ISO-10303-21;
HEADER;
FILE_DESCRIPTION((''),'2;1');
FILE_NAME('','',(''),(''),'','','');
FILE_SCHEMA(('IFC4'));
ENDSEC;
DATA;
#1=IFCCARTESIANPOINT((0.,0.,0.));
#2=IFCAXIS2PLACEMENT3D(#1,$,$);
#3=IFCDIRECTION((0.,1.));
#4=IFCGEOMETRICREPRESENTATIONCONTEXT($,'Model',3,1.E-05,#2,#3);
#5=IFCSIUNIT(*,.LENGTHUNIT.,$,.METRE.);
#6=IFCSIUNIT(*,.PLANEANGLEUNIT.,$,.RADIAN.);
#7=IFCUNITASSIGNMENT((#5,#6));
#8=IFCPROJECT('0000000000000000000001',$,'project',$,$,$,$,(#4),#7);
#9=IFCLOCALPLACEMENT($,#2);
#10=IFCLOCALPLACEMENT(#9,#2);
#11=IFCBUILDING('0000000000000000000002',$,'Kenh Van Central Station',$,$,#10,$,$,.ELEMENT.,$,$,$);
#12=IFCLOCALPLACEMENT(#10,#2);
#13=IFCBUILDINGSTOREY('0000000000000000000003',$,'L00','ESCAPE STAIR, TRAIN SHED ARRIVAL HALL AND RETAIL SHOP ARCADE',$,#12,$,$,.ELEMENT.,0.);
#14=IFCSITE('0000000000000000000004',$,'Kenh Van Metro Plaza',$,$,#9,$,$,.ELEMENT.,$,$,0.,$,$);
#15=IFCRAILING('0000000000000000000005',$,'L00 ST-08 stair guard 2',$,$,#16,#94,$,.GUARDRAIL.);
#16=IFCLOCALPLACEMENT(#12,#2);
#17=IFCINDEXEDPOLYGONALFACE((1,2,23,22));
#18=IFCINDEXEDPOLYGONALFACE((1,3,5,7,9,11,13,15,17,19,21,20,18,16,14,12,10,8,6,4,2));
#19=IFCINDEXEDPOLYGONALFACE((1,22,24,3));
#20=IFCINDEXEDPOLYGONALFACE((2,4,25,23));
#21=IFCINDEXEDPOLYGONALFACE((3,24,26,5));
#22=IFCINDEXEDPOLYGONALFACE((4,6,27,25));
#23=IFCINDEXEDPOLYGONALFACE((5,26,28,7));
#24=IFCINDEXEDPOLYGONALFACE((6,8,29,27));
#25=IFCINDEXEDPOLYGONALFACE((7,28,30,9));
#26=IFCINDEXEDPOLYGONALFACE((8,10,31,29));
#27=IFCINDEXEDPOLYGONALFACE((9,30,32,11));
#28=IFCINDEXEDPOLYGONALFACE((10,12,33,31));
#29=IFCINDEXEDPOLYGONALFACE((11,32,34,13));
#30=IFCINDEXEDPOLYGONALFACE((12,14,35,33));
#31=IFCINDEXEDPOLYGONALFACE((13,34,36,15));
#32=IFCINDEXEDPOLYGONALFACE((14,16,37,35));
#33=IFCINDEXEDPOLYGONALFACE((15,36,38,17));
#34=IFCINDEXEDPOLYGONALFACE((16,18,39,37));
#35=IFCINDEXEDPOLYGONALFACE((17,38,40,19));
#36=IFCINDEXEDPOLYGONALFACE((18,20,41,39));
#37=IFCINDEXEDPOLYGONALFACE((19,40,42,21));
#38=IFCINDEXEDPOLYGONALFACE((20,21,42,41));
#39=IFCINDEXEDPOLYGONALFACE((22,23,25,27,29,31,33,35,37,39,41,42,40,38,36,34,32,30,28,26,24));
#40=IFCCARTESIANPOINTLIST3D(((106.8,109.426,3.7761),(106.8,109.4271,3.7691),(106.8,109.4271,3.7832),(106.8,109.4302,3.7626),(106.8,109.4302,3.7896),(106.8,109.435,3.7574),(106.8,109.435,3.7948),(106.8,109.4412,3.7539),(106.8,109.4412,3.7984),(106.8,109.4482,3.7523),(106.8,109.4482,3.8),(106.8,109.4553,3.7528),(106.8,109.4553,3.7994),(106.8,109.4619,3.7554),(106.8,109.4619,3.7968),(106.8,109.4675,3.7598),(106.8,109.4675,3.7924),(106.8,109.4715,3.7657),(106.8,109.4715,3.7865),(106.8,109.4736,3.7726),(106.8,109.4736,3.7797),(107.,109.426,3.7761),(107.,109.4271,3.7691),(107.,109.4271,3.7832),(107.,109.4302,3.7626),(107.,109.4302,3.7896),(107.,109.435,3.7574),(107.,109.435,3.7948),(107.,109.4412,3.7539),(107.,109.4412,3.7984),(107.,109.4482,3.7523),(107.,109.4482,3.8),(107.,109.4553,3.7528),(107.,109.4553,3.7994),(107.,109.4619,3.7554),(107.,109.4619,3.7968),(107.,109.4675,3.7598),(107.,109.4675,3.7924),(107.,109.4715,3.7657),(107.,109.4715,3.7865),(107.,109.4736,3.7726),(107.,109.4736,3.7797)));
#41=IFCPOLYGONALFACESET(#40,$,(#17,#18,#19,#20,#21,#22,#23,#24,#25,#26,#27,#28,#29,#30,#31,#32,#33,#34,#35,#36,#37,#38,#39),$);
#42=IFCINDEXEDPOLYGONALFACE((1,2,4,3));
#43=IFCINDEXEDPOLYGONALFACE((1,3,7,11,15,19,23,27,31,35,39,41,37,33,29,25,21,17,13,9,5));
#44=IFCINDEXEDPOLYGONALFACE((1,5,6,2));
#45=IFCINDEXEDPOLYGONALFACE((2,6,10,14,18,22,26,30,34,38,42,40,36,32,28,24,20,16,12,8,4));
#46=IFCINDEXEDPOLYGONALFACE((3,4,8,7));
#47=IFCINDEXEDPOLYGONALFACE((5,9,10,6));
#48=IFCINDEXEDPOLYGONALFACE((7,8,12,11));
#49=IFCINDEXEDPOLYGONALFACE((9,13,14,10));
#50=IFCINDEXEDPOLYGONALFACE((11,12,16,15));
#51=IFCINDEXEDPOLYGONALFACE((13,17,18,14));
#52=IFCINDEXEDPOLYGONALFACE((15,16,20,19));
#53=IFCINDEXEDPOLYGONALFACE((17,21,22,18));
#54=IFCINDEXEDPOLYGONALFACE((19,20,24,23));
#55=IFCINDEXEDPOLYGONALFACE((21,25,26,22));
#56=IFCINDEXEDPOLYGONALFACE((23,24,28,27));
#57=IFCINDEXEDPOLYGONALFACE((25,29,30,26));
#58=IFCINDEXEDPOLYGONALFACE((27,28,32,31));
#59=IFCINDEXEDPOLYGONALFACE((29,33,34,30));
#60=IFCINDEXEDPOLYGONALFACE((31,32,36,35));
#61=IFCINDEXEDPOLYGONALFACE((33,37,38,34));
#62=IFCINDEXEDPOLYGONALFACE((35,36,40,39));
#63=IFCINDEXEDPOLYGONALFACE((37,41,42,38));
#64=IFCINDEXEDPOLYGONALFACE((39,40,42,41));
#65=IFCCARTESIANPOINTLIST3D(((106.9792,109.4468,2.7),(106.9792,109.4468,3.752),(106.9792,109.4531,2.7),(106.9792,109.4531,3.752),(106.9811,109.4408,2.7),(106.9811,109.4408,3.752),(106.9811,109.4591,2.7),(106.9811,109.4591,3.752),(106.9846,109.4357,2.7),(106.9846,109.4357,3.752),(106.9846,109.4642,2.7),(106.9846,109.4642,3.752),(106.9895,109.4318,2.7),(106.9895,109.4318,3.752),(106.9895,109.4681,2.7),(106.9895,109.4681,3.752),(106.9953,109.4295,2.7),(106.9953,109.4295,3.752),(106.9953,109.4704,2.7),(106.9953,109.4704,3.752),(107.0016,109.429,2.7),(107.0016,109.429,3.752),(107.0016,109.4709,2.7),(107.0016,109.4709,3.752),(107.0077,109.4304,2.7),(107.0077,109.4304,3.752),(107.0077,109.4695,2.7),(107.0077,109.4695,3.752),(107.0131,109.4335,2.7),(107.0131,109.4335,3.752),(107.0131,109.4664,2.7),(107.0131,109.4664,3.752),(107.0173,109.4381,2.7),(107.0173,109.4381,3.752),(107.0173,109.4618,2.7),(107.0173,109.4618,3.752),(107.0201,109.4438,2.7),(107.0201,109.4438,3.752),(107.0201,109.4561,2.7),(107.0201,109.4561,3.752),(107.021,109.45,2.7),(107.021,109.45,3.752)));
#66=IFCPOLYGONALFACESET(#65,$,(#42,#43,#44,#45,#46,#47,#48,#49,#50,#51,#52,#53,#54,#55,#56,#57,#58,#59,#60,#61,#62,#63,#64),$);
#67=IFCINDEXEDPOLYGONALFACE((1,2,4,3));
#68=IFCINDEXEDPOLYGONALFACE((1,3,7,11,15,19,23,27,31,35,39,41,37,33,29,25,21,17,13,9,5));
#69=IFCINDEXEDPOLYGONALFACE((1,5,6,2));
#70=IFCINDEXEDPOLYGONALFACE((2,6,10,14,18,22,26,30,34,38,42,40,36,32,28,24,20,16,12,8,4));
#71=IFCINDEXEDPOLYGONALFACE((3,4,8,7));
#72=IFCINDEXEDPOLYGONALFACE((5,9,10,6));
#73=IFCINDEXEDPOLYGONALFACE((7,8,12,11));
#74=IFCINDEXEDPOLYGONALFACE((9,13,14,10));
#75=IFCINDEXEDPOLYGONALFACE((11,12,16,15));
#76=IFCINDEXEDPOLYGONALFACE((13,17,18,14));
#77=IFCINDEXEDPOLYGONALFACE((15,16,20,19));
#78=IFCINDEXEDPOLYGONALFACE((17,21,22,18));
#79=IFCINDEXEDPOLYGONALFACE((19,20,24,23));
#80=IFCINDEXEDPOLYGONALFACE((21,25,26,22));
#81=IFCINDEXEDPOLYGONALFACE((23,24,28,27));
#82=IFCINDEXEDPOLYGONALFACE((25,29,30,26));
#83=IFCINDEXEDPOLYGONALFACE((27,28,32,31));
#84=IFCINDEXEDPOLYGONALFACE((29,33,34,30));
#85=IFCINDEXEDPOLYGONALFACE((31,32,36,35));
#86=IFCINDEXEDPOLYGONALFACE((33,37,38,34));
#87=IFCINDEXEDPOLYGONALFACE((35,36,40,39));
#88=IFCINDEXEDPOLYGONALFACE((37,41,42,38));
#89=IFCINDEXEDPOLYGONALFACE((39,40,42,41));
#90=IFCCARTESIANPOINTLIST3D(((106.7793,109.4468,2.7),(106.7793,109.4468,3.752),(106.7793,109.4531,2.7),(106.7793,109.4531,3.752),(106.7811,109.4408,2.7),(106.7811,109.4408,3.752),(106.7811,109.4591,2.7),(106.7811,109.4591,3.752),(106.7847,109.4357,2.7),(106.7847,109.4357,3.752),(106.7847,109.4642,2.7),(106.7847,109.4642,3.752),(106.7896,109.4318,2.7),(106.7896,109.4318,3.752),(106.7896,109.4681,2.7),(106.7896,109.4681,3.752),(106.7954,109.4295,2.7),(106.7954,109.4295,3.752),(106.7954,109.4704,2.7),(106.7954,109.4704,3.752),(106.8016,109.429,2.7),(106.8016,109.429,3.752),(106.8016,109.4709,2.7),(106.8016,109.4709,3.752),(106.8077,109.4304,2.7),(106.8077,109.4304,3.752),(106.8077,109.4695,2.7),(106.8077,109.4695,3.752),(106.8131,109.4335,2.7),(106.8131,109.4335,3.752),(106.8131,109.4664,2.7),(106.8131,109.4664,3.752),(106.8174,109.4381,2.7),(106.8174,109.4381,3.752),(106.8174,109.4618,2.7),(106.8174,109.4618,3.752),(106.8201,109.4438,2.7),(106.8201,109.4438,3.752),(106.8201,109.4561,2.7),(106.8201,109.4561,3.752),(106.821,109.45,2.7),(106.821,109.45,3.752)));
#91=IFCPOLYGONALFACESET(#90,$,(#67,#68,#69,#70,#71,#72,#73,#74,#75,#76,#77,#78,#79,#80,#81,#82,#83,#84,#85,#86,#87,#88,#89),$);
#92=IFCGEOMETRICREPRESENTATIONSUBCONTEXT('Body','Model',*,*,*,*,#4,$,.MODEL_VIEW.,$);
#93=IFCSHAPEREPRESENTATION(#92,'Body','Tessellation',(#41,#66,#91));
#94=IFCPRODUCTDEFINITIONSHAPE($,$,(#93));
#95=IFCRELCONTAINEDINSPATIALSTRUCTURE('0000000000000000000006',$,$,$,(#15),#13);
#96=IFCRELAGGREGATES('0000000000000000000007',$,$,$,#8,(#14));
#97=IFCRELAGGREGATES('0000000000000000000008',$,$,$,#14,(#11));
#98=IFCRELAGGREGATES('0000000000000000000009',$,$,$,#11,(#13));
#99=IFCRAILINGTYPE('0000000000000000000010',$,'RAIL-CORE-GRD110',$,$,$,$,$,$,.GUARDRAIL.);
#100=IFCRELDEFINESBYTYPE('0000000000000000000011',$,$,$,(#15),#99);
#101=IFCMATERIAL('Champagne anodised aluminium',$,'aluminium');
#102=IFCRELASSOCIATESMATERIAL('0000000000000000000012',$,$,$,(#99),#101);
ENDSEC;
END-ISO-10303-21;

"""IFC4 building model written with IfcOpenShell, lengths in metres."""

from ifc_helpers import new_model, si_unit, direction, frame, origin, origin_2d, place, context, subcontext, project, spatial, circle, extrude, material, type_object, element, save


model = new_model("IFC4")

# Units and contexts
model_context = context("Model", 3, precision=1e-05, world=origin(), true_north=direction((0.0, 1.0)))
body_context = subcontext(model_context, "Body", "Model", "MODEL_VIEW")
ifc_project = project(units=[si_unit("LENGTHUNIT", "METRE"), si_unit("PLANEANGLEUNIT", "RADIAN")], contexts=[model_context])

# Site, building, storey
site_placement = place(None, origin())
site = spatial("IfcSite", under=ifc_project, at=site_placement, Name="Kenh Van Metro Plaza", CompositionType="ELEMENT", RefElevation=0.0)
building_placement = place(site_placement, origin())
building = spatial("IfcBuilding", under=site, at=building_placement, Name="Kenh Van Central Station", CompositionType="ELEMENT")
storey_placement = place(building_placement, origin())
storey = spatial("IfcBuildingStorey", under=building, at=storey_placement, Name="L00", Description="ESCAPE STAIR, TRAIN SHED ARRIVAL HALL AND RETAIL SHOP ARCADE", CompositionType="ELEMENT", Elevation=0.0)

# Shared definitions
ifc_material_1 = material(Name="Champagne anodised aluminium", Category="aluminium")

# Railing
railing_type_1 = type_object("IfcRailingType", Name="RAIL-CORE-GRD110", PredefinedType="GUARDRAIL", material=ifc_material_1)
railing_1_placement = place(storey_placement, frame((107.0, 109.45, 2.7)))
element("IfcRailing", 1, at=railing_1_placement, inside=storey, type_object=railing_type_1, Name="L00 ST-08 stair guard 2", PredefinedType="GUARDRAIL", context=body_context, shape_type="SweptSolid", body=[
    extrude(circle(Radius=0.0239, at=origin_2d()), frame((0.0, 0.0, 1.0762), z_axis=(-1.0, 0.0, 0.0), x_axis=(0.0, -1.0, 0.0)), (0.0, 0.0, 1.0), 0.2),
    extrude(circle(Radius=0.021, at=origin_2d()), origin(), (0.0, 0.0, 1.0), 1.052),
    extrude(circle(Radius=0.021, at=origin_2d()), frame((-0.2, 0.0, 0.0)), (0.0, 0.0, 1.0), 1.052),
])

save(model, "model.ifc")
